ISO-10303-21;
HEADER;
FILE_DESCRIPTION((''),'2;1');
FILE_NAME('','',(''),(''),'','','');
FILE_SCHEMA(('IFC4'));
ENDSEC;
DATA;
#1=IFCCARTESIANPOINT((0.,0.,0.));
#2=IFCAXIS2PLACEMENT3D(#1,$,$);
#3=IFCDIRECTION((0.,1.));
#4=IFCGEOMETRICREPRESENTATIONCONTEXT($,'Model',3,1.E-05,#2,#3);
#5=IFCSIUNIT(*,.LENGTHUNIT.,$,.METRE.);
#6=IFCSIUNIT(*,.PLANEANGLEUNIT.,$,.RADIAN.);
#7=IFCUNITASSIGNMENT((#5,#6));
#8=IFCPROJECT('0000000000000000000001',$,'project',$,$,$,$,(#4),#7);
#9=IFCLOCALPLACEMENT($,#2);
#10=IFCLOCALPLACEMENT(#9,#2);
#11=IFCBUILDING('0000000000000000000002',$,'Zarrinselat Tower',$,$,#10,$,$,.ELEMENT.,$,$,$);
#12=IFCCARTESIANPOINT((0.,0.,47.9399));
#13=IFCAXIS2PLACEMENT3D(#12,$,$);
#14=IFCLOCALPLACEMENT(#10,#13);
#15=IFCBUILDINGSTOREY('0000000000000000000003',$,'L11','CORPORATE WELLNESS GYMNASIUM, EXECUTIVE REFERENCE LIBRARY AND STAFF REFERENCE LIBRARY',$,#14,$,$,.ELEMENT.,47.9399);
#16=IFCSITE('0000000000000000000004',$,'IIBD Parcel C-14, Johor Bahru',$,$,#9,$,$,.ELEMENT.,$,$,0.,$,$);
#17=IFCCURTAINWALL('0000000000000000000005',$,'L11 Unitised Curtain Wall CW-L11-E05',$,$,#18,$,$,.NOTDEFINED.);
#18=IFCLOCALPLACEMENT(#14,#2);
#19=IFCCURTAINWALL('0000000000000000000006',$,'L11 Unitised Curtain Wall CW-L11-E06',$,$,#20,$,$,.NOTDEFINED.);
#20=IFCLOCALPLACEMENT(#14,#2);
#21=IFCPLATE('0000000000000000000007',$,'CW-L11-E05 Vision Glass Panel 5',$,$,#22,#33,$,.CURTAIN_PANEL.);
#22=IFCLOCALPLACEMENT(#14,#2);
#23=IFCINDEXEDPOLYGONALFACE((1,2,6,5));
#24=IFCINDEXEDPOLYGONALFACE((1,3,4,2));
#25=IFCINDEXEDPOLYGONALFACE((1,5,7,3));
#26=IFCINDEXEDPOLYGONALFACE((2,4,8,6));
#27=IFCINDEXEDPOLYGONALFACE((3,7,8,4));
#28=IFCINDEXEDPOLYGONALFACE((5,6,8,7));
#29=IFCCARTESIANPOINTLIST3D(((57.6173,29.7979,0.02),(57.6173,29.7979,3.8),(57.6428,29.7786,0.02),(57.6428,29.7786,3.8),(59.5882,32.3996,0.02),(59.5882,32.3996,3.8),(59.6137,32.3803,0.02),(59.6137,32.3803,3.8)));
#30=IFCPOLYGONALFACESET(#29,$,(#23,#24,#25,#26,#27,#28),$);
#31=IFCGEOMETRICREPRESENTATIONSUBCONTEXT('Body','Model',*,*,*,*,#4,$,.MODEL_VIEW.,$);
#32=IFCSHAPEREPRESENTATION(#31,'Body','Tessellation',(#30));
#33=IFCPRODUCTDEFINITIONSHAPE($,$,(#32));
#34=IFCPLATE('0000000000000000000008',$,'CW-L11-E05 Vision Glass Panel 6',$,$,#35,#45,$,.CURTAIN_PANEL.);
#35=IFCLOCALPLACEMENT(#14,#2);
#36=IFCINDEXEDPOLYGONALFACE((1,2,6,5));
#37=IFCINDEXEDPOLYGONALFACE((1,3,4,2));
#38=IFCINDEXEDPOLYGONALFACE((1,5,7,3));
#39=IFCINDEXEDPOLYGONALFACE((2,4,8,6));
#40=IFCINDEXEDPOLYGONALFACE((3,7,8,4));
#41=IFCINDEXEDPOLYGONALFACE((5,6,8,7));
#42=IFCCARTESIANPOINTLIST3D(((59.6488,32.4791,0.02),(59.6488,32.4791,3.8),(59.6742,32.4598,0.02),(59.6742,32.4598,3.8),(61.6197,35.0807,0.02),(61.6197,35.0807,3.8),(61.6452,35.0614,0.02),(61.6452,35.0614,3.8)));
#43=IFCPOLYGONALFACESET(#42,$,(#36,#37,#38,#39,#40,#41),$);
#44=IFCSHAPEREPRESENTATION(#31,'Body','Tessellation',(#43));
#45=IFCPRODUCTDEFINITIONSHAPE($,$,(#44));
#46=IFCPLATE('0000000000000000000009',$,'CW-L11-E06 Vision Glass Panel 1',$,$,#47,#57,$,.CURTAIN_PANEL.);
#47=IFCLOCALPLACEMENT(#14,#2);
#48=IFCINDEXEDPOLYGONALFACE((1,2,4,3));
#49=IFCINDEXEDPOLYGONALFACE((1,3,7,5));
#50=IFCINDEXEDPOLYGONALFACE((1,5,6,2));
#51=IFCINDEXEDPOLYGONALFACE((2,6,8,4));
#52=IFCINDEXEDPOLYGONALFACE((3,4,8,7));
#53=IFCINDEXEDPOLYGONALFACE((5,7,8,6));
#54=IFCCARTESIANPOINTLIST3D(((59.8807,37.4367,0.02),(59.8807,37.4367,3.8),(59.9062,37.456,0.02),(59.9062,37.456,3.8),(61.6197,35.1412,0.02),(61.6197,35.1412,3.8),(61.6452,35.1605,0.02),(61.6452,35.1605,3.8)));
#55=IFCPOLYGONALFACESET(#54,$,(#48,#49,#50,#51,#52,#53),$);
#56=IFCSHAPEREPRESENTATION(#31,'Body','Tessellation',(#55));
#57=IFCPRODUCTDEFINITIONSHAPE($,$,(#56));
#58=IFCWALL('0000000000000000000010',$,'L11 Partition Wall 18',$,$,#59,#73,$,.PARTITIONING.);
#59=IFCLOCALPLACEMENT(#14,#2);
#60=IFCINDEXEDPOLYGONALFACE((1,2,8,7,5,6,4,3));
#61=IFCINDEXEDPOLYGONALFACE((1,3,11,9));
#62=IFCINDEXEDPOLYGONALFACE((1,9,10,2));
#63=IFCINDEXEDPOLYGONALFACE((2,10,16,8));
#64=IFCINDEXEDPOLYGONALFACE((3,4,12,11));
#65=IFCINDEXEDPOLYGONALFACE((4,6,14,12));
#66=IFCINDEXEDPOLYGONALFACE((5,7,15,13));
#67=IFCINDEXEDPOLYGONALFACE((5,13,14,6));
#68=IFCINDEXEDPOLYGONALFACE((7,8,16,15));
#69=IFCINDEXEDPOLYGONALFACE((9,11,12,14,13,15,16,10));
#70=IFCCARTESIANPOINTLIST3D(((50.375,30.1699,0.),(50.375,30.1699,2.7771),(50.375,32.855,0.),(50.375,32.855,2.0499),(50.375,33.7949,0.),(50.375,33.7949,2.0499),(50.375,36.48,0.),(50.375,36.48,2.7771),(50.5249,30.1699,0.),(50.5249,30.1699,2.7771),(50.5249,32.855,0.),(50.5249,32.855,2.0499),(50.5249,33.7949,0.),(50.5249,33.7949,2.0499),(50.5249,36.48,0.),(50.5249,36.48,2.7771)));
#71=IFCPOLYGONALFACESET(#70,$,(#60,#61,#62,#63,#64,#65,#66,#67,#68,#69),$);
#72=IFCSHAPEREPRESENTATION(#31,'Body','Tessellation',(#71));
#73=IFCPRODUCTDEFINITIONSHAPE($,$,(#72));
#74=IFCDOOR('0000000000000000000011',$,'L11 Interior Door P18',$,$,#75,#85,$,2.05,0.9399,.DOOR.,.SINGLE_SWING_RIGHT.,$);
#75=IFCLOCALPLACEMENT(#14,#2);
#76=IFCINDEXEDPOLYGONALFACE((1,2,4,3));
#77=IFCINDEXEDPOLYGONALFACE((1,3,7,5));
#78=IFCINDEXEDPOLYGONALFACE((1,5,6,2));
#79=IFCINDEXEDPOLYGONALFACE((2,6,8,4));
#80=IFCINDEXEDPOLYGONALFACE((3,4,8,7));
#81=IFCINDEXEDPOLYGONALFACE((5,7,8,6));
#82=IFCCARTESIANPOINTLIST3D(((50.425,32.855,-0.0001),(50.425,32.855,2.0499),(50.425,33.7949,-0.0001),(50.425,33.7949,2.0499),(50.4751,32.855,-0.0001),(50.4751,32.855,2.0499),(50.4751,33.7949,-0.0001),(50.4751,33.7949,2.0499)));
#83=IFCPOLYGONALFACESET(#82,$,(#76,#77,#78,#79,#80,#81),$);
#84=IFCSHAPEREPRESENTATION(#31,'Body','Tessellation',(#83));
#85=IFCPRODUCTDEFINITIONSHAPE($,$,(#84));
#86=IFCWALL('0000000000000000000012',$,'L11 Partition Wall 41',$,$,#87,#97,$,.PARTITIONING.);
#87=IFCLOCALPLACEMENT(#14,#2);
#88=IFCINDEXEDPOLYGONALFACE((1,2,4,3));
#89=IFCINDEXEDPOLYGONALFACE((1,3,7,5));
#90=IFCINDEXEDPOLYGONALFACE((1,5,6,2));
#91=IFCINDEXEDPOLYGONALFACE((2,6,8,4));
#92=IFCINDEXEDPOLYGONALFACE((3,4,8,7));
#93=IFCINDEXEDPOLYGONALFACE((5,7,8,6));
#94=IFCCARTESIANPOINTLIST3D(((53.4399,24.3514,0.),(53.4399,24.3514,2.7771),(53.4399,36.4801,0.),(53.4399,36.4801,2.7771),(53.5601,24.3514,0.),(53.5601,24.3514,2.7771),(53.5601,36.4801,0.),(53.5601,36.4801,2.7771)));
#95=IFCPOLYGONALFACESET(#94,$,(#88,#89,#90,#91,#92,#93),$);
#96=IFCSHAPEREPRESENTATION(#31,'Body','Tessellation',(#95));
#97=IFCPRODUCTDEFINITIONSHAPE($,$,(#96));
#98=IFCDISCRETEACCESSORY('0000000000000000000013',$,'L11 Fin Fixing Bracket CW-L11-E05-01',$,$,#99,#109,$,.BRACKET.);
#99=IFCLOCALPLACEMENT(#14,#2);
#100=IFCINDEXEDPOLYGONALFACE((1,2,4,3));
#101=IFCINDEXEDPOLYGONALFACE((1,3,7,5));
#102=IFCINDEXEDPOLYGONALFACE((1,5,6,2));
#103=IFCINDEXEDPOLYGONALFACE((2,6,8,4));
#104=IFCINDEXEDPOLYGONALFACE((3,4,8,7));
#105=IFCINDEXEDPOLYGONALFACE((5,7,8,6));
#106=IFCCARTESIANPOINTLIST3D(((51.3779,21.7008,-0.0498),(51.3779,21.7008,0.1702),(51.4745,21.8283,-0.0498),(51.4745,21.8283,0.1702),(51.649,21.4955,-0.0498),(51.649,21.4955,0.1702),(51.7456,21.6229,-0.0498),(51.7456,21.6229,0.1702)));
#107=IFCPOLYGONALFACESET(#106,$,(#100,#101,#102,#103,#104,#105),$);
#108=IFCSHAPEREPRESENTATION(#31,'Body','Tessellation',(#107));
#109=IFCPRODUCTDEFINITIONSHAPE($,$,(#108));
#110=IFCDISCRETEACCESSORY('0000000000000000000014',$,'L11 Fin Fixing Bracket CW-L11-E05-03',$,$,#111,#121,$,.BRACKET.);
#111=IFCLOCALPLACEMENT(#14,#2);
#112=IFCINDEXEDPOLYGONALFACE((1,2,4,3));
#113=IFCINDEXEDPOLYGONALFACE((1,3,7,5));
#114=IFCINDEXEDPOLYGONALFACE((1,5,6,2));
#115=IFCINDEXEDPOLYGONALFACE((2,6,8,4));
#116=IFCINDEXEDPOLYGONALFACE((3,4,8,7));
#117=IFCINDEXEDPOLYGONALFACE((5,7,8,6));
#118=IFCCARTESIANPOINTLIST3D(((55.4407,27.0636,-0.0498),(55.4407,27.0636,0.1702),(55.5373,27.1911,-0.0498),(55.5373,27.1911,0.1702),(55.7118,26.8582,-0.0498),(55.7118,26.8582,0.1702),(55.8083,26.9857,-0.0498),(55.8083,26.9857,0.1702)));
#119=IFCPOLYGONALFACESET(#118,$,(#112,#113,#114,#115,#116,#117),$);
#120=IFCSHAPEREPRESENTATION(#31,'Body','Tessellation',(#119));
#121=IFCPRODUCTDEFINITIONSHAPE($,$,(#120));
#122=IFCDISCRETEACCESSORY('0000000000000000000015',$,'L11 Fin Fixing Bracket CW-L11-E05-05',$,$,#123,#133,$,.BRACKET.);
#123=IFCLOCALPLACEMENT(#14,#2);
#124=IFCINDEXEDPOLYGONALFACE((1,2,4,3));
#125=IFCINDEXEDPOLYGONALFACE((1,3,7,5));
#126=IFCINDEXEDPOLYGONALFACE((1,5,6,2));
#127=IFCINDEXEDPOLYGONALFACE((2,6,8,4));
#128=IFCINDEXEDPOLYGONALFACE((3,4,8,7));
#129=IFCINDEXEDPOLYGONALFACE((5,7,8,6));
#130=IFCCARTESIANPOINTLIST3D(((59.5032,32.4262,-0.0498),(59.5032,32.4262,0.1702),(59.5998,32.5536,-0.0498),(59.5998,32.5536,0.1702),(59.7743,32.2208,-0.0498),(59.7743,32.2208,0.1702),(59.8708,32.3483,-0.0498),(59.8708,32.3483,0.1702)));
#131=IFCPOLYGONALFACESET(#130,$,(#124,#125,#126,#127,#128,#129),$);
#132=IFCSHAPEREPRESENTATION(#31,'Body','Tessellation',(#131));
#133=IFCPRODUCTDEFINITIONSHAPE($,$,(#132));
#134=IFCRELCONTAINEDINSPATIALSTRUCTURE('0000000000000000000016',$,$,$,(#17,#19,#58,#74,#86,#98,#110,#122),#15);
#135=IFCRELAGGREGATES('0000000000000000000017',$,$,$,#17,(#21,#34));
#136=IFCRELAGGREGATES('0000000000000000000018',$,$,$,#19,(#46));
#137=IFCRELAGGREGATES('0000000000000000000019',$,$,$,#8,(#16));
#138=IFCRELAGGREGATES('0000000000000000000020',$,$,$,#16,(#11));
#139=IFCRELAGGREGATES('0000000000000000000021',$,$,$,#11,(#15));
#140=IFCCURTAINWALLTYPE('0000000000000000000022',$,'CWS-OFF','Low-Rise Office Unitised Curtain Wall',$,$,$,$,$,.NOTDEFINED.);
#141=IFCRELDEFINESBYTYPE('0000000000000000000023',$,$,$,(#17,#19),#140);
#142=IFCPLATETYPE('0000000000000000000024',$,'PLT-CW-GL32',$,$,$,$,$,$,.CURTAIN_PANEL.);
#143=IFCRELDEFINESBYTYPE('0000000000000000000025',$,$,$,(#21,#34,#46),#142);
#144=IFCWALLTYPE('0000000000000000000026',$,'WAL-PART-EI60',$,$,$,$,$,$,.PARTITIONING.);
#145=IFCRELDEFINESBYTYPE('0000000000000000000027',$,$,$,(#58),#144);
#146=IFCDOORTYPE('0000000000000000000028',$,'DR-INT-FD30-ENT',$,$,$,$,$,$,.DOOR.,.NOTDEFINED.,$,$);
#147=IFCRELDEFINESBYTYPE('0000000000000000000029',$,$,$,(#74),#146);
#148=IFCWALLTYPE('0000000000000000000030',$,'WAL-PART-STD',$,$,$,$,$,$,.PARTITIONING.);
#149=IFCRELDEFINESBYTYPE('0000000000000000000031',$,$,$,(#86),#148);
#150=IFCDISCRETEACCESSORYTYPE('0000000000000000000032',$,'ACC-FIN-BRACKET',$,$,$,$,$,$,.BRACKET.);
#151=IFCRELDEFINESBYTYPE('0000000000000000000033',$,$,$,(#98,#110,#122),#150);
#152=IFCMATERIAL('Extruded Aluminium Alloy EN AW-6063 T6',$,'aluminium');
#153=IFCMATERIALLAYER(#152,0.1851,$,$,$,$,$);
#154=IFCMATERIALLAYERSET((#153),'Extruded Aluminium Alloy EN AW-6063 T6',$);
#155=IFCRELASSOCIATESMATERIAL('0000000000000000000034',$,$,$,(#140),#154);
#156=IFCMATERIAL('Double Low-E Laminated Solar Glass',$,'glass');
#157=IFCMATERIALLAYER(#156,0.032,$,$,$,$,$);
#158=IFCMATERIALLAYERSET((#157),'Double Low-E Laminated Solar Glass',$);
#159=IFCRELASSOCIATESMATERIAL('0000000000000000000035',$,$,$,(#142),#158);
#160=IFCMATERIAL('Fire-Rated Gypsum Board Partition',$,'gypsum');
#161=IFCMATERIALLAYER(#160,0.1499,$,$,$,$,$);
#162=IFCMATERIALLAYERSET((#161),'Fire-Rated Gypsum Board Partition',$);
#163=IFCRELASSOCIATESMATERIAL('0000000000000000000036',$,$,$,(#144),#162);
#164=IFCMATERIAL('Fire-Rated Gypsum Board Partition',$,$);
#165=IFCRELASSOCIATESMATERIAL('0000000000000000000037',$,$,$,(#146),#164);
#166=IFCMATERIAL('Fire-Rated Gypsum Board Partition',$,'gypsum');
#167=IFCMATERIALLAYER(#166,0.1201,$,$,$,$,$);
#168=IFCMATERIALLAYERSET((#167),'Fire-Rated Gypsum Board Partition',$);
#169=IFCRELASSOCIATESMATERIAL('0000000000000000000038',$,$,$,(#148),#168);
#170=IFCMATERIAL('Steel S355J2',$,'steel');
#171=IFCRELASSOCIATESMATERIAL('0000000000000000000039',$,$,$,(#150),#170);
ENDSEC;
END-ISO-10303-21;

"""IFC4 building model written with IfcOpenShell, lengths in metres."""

from ifc_helpers import new_model, si_unit, direction, frame, frame_2d, origin, origin_2d, place, context, subcontext, project, spatial, rectangle, extrude, material, layer, layer_set, type_object, element, fill, aggregate, save


model = new_model("IFC4")

# Units and contexts
model_context = context("Model", 3, precision=1e-05, world=origin(), true_north=direction((0.0, 1.0)))
body_context = subcontext(model_context, "Body", "Model", "MODEL_VIEW")
ifc_project = project(units=[si_unit("LENGTHUNIT", "METRE"), si_unit("PLANEANGLEUNIT", "RADIAN")], contexts=[model_context])

# Site, building, storey
site_placement = place(None, origin())
site = spatial("IfcSite", under=ifc_project, at=site_placement, Name="IIBD Parcel C-14, Johor Bahru", CompositionType="ELEMENT", RefElevation=0.0)
building_placement = place(site_placement, origin())
building = spatial("IfcBuilding", under=site, at=building_placement, Name="Zarrinselat Tower", CompositionType="ELEMENT")
storey_placement = place(building_placement, frame((0.0, 0.0, 47.9399)))
storey = spatial("IfcBuildingStorey", under=building, at=storey_placement, Name="L11", Description="CORPORATE WELLNESS GYMNASIUM, EXECUTIVE REFERENCE LIBRARY AND STAFF REFERENCE LIBRARY", CompositionType="ELEMENT", Elevation=47.9399)

# Shared definitions
ifc_material_1 = material(Name="Extruded Aluminium Alloy EN AW-6063 T6", Category="aluminium")
ifc_layer_1 = layer(ifc_material_1, 0.1851)
ifc_layer_set_1 = layer_set([ifc_layer_1], Name="Extruded Aluminium Alloy EN AW-6063 T6")
curtain_wall_type = type_object("IfcCurtainWallType", Name="CWS-OFF", Description="Low-Rise Office Unitised Curtain Wall", PredefinedType="NOTDEFINED", material=ifc_layer_set_1)

# Curtain wall
curtain_wall_1_placement = place(storey_placement, origin())
curtain_wall_1 = element("IfcCurtainWall", 1, at=curtain_wall_1_placement, inside=storey, type_object=curtain_wall_type, Name="L11 Unitised Curtain Wall CW-L11-E05", PredefinedType="NOTDEFINED")

# Curtain wall
curtain_wall_2_placement = place(storey_placement, origin())
curtain_wall_2 = element("IfcCurtainWall", 2, at=curtain_wall_2_placement, inside=storey, type_object=curtain_wall_type, Name="L11 Unitised Curtain Wall CW-L11-E06", PredefinedType="NOTDEFINED")

# Plates
ifc_material_2 = material(Name="Double Low-E Laminated Solar Glass", Category="glass")
ifc_layer_2 = layer(ifc_material_2, 0.032)
ifc_layer_set_2 = layer_set([ifc_layer_2], Name="Double Low-E Laminated Solar Glass")
plate_type = type_object("IfcPlateType", Name="PLT-CW-GL32", PredefinedType="CURTAIN_PANEL", material=ifc_layer_set_2)
plate_1_placement = place(storey_placement, frame((58.6155, 31.0891, 0.02), z_axis=(0.0, 0.0, 1.0), x_axis=(0.603859, 0.797091, 0.0)))
plate_1 = element("IfcPlate", 3, at=plate_1_placement, type_object=plate_type, Name="CW-L11-E05 Vision Glass Panel 5", PredefinedType="CURTAIN_PANEL", context=body_context, shape_type="SweptSolid", body=[
    extrude(rectangle(XDim=3.2639, YDim=0.032, at=origin_2d()), origin(), (0.0, 0.0, 1.0), 3.78),
])
plate_2_placement = place(storey_placement, frame((60.647, 33.7703, 0.02), z_axis=(0.0, 0.0, 1.0), x_axis=(0.603859, 0.797091, 0.0)))
plate_2 = element("IfcPlate", 4, at=plate_2_placement, type_object=plate_type, Name="CW-L11-E05 Vision Glass Panel 6", PredefinedType="CURTAIN_PANEL", context=body_context, shape_type="SweptSolid", body=[
    extrude(rectangle(XDim=3.2639, YDim=0.032, at=origin_2d()), origin(), (0.0, 0.0, 1.0), 3.78),
])
aggregate(curtain_wall_1, [plate_1, plate_2])
plate_3_placement = place(storey_placement, frame((60.7629, 36.2986, 0.02), z_axis=(0.0, 0.0, 1.0), x_axis=(-0.603858, 0.797092, 0.0)))
plate_3 = element("IfcPlate", 5, at=plate_3_placement, type_object=plate_type, Name="CW-L11-E06 Vision Glass Panel 1", PredefinedType="CURTAIN_PANEL", context=body_context, shape_type="SweptSolid", body=[
    extrude(rectangle(XDim=2.8799, YDim=0.032, at=origin_2d()), origin(), (0.0, 0.0, 1.0), 3.78),
])
aggregate(curtain_wall_2, [plate_3])

# Wall, opening, door
ifc_material_3 = material(Name="Fire-Rated Gypsum Board Partition", Category="gypsum")
ifc_layer_3 = layer(ifc_material_3, 0.1499)
ifc_layer_set_3 = layer_set([ifc_layer_3], Name="Fire-Rated Gypsum Board Partition")
wall_type_1 = type_object("IfcWallType", Name="WAL-PART-EI60", PredefinedType="PARTITIONING", material=ifc_layer_set_3)
wall_1_placement = place(storey_placement, frame((50.45, 30.1699, 0.0), z_axis=(0.0, 0.0, 1.0), x_axis=(0.0, 1.0, 0.0)))
wall_1 = element("IfcWall", 6, at=wall_1_placement, inside=storey, type_object=wall_type_1, Name="L11 Partition Wall 18", PredefinedType="PARTITIONING", context=body_context, shape_type="SweptSolid", body=[
    extrude(rectangle(XDim=6.3101, YDim=0.1499, at=frame_2d((3.155, 0.0))), origin(), (0.0, 0.0, 1.0), 2.7771),
])
opening_placement = place(wall_1_placement, frame((2.6851, 0.0, 0.0)))
opening = element("IfcOpeningElement", 7, at=opening_placement, cuts=wall_1, PredefinedType="OPENING", context=body_context, shape_type="SweptSolid", body=[
    extrude(rectangle(XDim=0.9399, YDim=2.05, at=frame_2d((0.47, 1.0249))), frame((0.0, 0.085, 0.0), z_axis=(0.0, -1.0, 0.0), x_axis=(1.0, 0.0, 0.0)), (0.0, 0.0, 1.0), 0.1699),
])
ifc_material_4 = material(Name="Fire-Rated Gypsum Board Partition")
door_type = type_object("IfcDoorType", Name="DR-INT-FD30-ENT", OperationType="NOTDEFINED", PredefinedType="DOOR", material=ifc_material_4)
door_placement = place(opening_placement, origin())
door = element("IfcDoor", 8, at=door_placement, inside=storey, type_object=door_type, Name="L11 Interior Door P18", OperationType="SINGLE_SWING_RIGHT", OverallHeight=2.05, OverallWidth=0.9399, PredefinedType="DOOR", context=body_context, shape_type="SweptSolid", body=[
    extrude(rectangle(XDim=0.9399, YDim=2.05, at=frame_2d((0.47, 1.0249))), frame((0.0, 0.0249, 0.0), z_axis=(0.0, -1.0, 0.0), x_axis=(1.0, 0.0, 0.0)), (0.0, 0.0, 1.0), 0.05),
])
fill(opening, door)

# Wall
ifc_material_5 = material(Name="Fire-Rated Gypsum Board Partition", Category="gypsum")
ifc_layer_4 = layer(ifc_material_5, 0.1201)
ifc_layer_set_4 = layer_set([ifc_layer_4], Name="Fire-Rated Gypsum Board Partition")
wall_type_2 = type_object("IfcWallType", Name="WAL-PART-STD", PredefinedType="PARTITIONING", material=ifc_layer_set_4)
wall_2_placement = place(storey_placement, frame((53.5, 24.3513, 0.0), z_axis=(0.0, 0.0, 1.0), x_axis=(0.0, 1.0, 0.0)))
element("IfcWall", 9, at=wall_2_placement, inside=storey, type_object=wall_type_2, Name="L11 Partition Wall 41", PredefinedType="PARTITIONING", context=body_context, shape_type="SweptSolid", body=[
    extrude(rectangle(XDim=12.1287, YDim=0.1201, at=frame_2d((6.0645, 0.0))), origin(), (0.0, 0.0, 1.0), 2.7771),
])

# Discrete accessories
ifc_material_6 = material(Name="Steel S355J2", Category="steel")
discrete_accessory_type = type_object("IfcDiscreteAccessoryType", Name="ACC-FIN-BRACKET", PredefinedType="BRACKET", material=ifc_material_6)
for number, where, z_axis, x_axis, name in (
    (10, (51.5618, 21.6619, -0.0498), (0.0, 0.0, 1.0), (0.797091, -0.603859, 0.0), "L11 Fin Fixing Bracket CW-L11-E05-01"),
    (11, (55.6245, 27.0247, -0.0498), (0.0, 0.0, 1.0), (0.797091, -0.603859, 0.0), "L11 Fin Fixing Bracket CW-L11-E05-03"),
    (12, (59.687, 32.3872, -0.0498), (0.0, 0.0, 1.0), (0.797091, -0.603859, 0.0), "L11 Fin Fixing Bracket CW-L11-E05-05"),
):
    element("IfcDiscreteAccessory", number, at=place(storey_placement, frame(where, z_axis=z_axis, x_axis=x_axis)), inside=storey, type_object=discrete_accessory_type, Name=name, PredefinedType="BRACKET", context=body_context, shape_type="SweptSolid", body=[
        extrude(rectangle(XDim=0.3401, YDim=0.1599, at=origin_2d()), origin(), (0.0, 0.0, 1.0), 0.22),
    ])

save(model, "model.ifc")
